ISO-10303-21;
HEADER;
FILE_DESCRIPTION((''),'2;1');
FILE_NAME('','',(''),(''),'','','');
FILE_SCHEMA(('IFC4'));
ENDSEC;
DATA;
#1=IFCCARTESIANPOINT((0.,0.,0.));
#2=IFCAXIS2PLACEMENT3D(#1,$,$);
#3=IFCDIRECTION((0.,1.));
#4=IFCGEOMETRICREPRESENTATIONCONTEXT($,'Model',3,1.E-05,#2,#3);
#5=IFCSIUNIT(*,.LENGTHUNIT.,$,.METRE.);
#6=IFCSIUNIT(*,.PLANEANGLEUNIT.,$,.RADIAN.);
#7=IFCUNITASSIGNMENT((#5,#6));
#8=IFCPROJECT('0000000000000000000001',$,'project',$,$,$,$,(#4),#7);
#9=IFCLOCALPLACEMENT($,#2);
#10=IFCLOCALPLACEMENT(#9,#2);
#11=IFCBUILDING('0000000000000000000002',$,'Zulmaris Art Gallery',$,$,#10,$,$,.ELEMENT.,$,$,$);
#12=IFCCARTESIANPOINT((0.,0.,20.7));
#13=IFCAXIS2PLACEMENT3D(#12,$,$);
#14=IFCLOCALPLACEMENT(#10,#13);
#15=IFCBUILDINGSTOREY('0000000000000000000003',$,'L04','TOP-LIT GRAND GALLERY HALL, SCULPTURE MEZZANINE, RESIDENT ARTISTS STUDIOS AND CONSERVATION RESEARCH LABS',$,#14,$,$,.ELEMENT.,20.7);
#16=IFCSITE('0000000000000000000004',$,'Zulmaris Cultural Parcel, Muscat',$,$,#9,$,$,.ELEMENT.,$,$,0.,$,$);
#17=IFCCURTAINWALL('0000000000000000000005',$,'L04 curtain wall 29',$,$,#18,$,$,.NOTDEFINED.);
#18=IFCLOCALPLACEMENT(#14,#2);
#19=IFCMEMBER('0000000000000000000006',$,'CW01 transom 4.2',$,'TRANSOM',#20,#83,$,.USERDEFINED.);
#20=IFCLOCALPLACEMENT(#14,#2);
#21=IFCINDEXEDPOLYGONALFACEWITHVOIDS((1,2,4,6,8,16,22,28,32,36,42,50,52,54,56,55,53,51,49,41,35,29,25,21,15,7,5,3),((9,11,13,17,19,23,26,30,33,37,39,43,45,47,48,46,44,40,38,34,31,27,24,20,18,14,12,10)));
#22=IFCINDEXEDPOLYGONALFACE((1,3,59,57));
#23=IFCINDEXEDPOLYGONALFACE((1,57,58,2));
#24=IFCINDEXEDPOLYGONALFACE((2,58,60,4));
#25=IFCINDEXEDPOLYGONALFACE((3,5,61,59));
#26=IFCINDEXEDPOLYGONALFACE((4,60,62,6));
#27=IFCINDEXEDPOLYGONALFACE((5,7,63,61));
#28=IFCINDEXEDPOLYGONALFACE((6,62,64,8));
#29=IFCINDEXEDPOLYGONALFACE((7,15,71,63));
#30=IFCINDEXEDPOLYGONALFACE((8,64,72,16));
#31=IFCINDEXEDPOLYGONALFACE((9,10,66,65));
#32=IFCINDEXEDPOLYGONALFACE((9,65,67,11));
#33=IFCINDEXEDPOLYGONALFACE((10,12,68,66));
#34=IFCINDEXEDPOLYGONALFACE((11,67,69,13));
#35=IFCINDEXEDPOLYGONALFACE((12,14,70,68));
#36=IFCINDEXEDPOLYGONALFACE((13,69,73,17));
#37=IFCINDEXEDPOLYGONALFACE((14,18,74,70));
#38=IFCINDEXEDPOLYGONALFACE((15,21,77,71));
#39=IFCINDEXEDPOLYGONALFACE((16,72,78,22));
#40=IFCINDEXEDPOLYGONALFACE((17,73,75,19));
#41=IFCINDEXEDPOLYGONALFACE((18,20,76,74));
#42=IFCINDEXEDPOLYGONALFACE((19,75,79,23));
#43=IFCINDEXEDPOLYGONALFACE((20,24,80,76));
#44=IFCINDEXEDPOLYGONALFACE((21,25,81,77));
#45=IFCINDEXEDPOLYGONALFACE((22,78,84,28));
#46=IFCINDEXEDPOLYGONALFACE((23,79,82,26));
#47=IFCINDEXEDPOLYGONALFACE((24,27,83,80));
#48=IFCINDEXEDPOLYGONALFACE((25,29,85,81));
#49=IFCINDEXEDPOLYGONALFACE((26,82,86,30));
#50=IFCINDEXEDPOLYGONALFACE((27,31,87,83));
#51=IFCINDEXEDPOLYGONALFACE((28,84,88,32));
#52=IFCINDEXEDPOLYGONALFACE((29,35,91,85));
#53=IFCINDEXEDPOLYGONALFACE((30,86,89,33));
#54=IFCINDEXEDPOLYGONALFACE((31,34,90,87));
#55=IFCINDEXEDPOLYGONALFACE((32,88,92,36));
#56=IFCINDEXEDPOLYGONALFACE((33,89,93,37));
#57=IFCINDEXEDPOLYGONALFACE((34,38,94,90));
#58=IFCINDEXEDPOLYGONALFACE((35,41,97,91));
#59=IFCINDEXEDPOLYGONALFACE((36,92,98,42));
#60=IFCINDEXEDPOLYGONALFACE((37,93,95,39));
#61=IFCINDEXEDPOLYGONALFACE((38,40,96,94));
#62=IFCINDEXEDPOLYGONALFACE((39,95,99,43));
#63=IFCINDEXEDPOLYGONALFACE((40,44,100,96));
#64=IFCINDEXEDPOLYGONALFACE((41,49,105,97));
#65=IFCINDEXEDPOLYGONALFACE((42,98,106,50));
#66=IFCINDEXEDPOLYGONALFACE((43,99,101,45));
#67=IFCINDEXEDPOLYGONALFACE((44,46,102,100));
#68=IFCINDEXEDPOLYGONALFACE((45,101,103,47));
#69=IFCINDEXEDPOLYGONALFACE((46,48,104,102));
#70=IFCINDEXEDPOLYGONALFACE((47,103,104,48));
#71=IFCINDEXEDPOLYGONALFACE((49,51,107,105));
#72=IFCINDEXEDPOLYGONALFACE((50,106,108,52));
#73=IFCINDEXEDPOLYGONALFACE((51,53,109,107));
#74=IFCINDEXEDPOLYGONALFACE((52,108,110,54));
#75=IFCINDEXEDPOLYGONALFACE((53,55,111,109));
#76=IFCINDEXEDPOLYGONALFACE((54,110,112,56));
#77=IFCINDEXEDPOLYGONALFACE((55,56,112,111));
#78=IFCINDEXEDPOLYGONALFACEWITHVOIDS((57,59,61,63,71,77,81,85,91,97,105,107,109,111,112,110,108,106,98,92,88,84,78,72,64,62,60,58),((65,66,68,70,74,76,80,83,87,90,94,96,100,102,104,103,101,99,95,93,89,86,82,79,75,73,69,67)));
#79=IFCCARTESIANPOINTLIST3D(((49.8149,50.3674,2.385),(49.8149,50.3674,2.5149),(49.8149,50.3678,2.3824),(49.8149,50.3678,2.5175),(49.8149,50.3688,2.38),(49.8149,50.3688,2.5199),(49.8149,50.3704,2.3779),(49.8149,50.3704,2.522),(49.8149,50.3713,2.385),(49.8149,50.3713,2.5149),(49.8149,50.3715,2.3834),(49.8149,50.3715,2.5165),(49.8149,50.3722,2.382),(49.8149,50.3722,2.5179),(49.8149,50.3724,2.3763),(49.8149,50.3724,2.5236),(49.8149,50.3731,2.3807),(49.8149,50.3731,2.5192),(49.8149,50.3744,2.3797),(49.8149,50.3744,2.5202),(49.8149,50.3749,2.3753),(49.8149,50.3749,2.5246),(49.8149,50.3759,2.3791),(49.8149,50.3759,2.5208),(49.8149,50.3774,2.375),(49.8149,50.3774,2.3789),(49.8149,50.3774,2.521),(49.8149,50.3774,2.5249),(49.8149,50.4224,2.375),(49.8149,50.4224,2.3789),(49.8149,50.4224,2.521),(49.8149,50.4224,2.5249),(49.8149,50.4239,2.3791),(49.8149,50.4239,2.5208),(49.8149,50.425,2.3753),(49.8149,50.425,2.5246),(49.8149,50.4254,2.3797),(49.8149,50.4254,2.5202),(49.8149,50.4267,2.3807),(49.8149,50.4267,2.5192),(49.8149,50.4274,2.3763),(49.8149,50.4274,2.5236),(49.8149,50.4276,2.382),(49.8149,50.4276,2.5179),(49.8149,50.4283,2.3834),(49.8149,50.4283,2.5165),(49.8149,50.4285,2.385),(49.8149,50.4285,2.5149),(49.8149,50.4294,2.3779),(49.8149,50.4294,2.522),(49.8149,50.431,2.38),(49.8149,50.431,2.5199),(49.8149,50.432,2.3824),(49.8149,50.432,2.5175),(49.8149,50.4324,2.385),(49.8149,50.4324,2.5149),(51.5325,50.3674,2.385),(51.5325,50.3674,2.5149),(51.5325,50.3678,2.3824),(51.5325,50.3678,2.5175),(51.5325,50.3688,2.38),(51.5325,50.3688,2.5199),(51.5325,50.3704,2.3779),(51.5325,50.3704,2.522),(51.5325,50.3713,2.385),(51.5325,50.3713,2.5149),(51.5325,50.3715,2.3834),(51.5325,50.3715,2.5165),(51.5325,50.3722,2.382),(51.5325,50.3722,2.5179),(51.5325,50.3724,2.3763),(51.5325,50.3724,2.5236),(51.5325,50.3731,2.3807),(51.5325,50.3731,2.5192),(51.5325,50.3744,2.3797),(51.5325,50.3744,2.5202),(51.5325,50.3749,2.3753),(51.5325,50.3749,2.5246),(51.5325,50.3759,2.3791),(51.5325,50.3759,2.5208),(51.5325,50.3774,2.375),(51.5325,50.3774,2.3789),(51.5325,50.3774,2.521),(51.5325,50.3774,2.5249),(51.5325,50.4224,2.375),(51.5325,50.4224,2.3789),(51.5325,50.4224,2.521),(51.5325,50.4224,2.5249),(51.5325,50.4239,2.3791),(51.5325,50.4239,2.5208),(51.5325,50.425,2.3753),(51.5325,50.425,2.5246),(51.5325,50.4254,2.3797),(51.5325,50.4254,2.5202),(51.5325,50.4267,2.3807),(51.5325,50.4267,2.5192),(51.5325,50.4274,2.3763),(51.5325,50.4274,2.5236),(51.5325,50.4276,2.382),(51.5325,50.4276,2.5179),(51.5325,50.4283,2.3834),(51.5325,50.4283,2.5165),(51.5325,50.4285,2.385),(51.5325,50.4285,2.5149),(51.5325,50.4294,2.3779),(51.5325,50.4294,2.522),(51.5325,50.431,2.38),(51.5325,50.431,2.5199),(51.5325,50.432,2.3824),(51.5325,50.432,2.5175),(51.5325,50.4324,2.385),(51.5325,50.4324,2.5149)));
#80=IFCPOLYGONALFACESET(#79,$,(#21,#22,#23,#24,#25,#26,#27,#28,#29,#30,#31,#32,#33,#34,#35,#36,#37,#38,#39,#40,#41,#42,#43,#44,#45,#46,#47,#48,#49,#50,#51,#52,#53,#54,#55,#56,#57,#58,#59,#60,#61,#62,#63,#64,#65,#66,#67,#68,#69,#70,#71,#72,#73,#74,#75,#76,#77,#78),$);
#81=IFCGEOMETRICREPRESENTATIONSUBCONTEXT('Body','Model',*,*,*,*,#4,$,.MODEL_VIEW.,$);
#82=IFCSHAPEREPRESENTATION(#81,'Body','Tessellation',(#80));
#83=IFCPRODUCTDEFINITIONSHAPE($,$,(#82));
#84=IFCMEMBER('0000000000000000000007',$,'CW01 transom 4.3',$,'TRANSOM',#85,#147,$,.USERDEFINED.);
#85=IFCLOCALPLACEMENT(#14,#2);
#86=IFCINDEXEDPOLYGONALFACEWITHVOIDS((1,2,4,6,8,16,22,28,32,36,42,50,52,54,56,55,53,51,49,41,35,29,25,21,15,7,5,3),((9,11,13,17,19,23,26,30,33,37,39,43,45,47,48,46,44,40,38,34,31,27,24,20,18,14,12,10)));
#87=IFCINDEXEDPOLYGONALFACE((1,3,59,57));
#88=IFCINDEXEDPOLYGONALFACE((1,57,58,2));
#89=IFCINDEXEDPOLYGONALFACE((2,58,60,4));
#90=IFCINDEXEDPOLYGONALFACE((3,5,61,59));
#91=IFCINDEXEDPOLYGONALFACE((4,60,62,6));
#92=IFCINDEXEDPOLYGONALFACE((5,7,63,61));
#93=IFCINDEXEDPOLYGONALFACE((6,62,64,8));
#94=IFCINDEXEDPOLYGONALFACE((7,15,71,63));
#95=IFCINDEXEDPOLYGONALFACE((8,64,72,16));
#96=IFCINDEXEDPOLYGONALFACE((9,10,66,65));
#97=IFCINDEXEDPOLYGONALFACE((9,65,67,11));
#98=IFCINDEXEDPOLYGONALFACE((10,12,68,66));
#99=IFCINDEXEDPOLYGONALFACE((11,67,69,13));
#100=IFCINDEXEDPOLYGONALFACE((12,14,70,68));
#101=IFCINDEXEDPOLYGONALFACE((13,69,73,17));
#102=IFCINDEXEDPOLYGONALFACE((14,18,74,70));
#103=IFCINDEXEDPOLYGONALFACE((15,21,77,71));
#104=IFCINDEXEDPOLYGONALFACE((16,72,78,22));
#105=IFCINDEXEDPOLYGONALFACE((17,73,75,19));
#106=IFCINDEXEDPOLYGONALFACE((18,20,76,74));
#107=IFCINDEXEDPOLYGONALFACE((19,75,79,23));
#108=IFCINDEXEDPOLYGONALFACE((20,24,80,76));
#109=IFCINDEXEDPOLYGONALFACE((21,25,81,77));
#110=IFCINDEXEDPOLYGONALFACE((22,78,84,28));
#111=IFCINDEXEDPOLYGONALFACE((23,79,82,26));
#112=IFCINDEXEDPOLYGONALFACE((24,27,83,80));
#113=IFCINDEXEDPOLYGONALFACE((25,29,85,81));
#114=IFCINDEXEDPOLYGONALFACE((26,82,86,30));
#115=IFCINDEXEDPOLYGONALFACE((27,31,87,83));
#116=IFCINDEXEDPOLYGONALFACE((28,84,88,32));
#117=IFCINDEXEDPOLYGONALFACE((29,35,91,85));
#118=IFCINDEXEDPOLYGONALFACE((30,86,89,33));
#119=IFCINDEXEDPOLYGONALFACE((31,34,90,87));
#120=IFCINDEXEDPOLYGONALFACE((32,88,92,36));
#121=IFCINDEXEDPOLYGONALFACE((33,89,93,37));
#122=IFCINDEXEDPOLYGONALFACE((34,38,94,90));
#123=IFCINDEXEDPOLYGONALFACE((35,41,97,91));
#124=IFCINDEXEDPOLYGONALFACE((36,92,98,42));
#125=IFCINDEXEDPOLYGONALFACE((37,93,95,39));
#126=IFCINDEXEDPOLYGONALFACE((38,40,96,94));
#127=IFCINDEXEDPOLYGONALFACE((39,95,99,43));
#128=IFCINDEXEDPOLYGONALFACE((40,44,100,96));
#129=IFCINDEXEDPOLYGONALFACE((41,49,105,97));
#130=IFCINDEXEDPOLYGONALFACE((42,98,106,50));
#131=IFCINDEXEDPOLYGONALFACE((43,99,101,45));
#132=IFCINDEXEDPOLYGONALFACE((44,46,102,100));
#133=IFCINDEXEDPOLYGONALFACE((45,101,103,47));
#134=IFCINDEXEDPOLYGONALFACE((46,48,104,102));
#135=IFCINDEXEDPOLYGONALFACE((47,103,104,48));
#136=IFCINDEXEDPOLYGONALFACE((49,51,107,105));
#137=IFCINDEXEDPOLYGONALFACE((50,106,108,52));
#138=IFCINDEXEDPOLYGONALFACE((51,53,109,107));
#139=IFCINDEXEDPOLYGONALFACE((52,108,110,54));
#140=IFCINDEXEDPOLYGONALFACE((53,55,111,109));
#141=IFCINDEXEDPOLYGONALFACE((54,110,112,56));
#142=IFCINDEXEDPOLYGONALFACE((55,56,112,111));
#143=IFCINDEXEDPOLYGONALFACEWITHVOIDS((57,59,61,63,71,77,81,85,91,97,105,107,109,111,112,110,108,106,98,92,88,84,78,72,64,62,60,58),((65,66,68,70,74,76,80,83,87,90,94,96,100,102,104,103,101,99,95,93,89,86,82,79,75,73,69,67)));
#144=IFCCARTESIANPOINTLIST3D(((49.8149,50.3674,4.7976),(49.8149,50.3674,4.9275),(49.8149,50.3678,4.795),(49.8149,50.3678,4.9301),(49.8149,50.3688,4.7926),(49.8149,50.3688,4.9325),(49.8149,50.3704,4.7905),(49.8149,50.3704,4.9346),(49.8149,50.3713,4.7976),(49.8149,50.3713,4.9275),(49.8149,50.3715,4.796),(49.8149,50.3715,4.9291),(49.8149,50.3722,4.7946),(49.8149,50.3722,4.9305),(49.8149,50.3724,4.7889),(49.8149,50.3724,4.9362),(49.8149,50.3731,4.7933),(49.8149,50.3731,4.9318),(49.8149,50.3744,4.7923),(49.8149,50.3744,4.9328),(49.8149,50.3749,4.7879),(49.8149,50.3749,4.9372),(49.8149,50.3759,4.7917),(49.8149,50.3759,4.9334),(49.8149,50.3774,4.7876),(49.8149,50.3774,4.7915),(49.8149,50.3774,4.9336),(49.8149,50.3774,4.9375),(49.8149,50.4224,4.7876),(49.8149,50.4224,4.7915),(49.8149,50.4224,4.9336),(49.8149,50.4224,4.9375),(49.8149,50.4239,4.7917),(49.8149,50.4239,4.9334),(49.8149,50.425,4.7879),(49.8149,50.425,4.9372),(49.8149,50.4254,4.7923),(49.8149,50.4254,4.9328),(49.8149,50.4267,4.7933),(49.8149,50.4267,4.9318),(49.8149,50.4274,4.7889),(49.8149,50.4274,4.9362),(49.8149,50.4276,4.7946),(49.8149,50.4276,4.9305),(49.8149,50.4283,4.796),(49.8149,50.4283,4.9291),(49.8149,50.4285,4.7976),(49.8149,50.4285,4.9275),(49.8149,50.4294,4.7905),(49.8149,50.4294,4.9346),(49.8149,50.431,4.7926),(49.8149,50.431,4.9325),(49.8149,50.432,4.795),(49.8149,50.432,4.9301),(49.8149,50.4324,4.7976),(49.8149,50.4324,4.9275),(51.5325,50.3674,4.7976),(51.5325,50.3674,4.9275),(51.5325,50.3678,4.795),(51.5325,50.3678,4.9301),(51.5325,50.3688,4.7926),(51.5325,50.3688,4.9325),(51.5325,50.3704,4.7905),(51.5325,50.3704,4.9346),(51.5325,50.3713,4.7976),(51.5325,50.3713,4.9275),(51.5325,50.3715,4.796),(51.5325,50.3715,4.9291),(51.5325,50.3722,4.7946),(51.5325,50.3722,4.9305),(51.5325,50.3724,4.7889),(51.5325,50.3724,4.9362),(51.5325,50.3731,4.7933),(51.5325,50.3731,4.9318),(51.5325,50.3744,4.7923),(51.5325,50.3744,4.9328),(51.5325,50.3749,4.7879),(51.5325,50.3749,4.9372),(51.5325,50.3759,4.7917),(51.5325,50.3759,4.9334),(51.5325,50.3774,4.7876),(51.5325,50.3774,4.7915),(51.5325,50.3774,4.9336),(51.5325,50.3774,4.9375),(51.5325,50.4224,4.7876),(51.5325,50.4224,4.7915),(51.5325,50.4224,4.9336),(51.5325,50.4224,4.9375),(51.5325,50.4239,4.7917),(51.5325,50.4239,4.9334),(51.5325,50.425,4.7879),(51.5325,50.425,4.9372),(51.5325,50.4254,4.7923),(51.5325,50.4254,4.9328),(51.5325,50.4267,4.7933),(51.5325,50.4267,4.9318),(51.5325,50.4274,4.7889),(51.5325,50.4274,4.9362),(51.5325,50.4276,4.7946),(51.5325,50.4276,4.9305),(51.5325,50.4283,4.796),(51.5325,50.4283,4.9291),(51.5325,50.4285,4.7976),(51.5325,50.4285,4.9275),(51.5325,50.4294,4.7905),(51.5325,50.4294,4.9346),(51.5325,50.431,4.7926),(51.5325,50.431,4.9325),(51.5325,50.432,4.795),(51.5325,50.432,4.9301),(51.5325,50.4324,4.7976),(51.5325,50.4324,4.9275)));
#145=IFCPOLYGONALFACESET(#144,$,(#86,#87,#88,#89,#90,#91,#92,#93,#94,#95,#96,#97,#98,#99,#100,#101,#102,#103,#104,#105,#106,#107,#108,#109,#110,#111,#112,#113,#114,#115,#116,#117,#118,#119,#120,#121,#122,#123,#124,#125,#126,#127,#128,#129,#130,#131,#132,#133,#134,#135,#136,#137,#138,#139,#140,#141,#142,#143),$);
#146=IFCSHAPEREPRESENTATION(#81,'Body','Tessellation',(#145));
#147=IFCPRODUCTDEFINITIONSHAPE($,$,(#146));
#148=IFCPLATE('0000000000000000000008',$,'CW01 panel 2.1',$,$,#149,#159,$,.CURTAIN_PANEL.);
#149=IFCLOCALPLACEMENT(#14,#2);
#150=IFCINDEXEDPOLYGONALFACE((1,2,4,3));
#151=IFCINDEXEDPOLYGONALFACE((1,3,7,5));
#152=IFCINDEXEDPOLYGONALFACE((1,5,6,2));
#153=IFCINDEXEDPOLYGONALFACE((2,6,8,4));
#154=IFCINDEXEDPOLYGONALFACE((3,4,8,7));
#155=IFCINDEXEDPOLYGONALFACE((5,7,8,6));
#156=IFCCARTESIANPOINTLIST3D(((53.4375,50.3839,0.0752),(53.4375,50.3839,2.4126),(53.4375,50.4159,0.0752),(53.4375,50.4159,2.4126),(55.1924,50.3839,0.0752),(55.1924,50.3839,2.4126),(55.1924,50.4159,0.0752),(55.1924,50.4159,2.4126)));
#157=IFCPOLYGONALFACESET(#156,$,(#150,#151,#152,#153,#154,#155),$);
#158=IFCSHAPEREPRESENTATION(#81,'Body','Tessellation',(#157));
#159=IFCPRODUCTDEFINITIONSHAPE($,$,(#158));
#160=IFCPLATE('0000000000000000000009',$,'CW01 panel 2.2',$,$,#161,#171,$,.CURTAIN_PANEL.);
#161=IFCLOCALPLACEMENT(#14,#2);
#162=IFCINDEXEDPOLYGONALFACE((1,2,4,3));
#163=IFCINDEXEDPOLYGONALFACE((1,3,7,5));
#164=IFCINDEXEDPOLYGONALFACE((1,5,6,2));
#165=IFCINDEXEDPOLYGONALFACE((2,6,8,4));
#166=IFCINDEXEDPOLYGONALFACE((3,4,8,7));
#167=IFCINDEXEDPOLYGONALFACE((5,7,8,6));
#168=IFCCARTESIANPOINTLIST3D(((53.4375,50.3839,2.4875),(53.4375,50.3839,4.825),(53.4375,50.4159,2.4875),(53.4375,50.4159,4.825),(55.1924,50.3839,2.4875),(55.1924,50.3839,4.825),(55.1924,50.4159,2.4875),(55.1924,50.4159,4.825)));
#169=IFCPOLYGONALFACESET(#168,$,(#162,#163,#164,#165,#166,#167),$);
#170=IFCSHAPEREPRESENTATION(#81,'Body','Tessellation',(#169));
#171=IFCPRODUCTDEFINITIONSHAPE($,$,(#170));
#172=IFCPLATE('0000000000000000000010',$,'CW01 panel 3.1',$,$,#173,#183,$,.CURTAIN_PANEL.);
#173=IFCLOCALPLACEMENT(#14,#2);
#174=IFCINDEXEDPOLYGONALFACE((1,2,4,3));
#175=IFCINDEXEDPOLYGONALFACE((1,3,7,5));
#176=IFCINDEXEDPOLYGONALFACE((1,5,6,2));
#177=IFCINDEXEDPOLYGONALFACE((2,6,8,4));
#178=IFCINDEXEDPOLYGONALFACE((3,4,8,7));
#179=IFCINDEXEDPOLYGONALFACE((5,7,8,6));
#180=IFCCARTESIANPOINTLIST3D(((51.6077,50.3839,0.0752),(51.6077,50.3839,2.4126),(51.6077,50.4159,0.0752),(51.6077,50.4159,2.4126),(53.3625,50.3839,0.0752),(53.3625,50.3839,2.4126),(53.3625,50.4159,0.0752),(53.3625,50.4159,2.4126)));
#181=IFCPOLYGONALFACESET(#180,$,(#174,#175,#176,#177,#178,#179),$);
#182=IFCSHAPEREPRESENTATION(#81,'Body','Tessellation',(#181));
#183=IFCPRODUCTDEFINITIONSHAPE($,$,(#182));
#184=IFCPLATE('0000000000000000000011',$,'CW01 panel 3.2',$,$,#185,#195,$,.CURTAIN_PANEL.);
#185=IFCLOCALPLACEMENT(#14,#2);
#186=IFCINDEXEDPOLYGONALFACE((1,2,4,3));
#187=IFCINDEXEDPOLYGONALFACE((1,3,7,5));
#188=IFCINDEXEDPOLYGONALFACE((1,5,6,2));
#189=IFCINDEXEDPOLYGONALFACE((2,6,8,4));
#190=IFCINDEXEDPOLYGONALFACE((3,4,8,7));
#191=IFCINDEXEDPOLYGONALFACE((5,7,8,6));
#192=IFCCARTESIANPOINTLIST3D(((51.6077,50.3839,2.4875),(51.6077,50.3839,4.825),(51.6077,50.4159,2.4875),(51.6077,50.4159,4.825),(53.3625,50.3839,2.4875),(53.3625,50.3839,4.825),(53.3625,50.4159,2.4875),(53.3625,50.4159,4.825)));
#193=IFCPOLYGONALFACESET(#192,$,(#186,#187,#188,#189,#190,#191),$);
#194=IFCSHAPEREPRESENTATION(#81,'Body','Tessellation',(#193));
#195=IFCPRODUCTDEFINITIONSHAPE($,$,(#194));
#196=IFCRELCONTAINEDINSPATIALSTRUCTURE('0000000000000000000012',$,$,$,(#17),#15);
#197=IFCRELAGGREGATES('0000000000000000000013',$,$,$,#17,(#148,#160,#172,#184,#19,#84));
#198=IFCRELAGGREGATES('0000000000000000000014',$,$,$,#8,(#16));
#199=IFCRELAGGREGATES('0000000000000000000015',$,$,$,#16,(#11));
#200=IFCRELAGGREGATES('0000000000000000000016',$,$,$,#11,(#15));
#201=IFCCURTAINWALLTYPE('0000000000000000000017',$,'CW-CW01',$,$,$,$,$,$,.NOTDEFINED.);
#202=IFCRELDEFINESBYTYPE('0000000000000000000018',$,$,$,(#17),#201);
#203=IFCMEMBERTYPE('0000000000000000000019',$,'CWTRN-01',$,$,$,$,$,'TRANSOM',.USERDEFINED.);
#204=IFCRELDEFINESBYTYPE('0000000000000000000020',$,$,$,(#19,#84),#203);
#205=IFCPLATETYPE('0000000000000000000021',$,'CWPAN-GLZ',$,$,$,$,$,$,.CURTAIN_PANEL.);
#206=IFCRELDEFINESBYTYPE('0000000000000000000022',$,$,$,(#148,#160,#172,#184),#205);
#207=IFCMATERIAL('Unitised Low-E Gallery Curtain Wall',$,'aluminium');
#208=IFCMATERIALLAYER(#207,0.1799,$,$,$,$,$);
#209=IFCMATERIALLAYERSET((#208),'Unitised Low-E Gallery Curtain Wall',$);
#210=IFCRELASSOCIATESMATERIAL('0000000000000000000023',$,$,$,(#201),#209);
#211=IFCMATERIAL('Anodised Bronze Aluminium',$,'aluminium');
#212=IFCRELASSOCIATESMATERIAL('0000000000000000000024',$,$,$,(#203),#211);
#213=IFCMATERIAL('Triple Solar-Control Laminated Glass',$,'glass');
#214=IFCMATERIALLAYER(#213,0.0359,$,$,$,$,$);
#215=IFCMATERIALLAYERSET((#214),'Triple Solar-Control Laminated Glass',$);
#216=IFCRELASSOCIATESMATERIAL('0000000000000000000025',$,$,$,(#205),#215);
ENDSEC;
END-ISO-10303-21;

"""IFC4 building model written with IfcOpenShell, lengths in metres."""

from ifc_helpers import new_model, si_unit, direction, frame, origin, origin_2d, place, context, subcontext, project, spatial, rectangle, hollow_rectangle, extrude, material, layer, layer_set, material_profile, profile_set, type_object, element, aggregate, save


model = new_model("IFC4")

# Units and contexts
model_context = context("Model", 3, precision=1e-05, world=origin(), true_north=direction((0.0, 1.0)))
body_context = subcontext(model_context, "Body", "Model", "MODEL_VIEW")
ifc_project = project(units=[si_unit("LENGTHUNIT", "METRE"), si_unit("PLANEANGLEUNIT", "RADIAN")], contexts=[model_context])

# Site, building, storey
site_placement = place(None, origin())
site = spatial("IfcSite", under=ifc_project, at=site_placement, Name="Zulmaris Cultural Parcel, Muscat", CompositionType="ELEMENT", RefElevation=0.0)
building_placement = place(site_placement, origin())
building = spatial("IfcBuilding", under=site, at=building_placement, Name="Zulmaris Art Gallery", CompositionType="ELEMENT")
storey_placement = place(building_placement, frame((0.0, 0.0, 20.7)))
storey = spatial("IfcBuildingStorey", under=building, at=storey_placement, Name="L04", Description="TOP-LIT GRAND GALLERY HALL, SCULPTURE MEZZANINE, RESIDENT ARTISTS STUDIOS AND CONSERVATION RESEARCH LABS", CompositionType="ELEMENT", Elevation=20.7)

# Shared definitions
ifc_material_1 = material(Name="Unitised Low-E Gallery Curtain Wall", Category="aluminium")
ifc_layer_1 = layer(ifc_material_1, 0.1799)
ifc_layer_set_1 = layer_set([ifc_layer_1], Name="Unitised Low-E Gallery Curtain Wall")
curtain_wall_type = type_object("IfcCurtainWallType", Name="CW-CW01", PredefinedType="NOTDEFINED", material=ifc_layer_set_1)
ifc_material_2 = material(Name="Anodised Bronze Aluminium", Category="aluminium")

# Curtain wall
curtain_wall_1_placement = place(storey_placement, origin())
curtain_wall_1 = element("IfcCurtainWall", 1, at=curtain_wall_1_placement, inside=storey, type_object=curtain_wall_type, Name="L04 curtain wall 29", PredefinedType="NOTDEFINED")

# Members
ifc_material_profile_1 = material_profile(ifc_material_2, hollow_rectangle(XDim=0.0649, YDim=0.1499, WallThickness=0.0039, InnerFilletRadius=0.0061, OuterFilletRadius=0.01, at=origin_2d()), Name="ALU 65x150x4")
ifc_profile_set_1 = profile_set([ifc_material_profile_1], Name="Anodised Bronze Aluminium")
member_type_1 = type_object("IfcMemberType", Name="CWTRN-01", ElementType="TRANSOM", PredefinedType="USERDEFINED", material=ifc_profile_set_1)
member_1_placement = place(storey_placement, frame((51.5325, 50.3999, 2.45), z_axis=(-1.0, 0.0, 0.0), x_axis=(0.0, -1.0, 0.0)))
member_1 = element("IfcMember", 2, at=member_1_placement, type_object=member_type_1, Name="CW01 transom 4.2", ObjectType="TRANSOM", PredefinedType="USERDEFINED", context=body_context, shape_type="SweptSolid", body=[
    extrude(hollow_rectangle(XDim=0.0649, YDim=0.1499, WallThickness=0.0039, InnerFilletRadius=0.0061, OuterFilletRadius=0.01, at=origin_2d()), origin(), (0.0, 0.0, 1.0), 1.7175),
])
member_2_placement = place(storey_placement, frame((51.5325, 50.3999, 4.8625), z_axis=(-1.0, 0.0, 0.0), x_axis=(0.0, -1.0, 0.0)))
member_2 = element("IfcMember", 3, at=member_2_placement, type_object=member_type_1, Name="CW01 transom 4.3", ObjectType="TRANSOM", PredefinedType="USERDEFINED", context=body_context, shape_type="SweptSolid", body=[
    extrude(hollow_rectangle(XDim=0.0649, YDim=0.1499, WallThickness=0.0039, InnerFilletRadius=0.0061, OuterFilletRadius=0.01, at=origin_2d()), origin(), (0.0, 0.0, 1.0), 1.7175),
])

# Plates
ifc_material_3 = material(Name="Triple Solar-Control Laminated Glass", Category="glass")
ifc_layer_2 = layer(ifc_material_3, 0.0359)
ifc_layer_set_2 = layer_set([ifc_layer_2], Name="Triple Solar-Control Laminated Glass")
plate_type = type_object("IfcPlateType", Name="CWPAN-GLZ", PredefinedType="CURTAIN_PANEL", material=ifc_layer_set_2)
plate_1_placement = place(storey_placement, frame((54.3149, 50.3999, 0.0752), z_axis=(0.0, 0.0, 1.0), x_axis=(-1.0, 0.0, 0.0)))
plate_1 = element("IfcPlate", 4, at=plate_1_placement, type_object=plate_type, Name="CW01 panel 2.1", PredefinedType="CURTAIN_PANEL", context=body_context, shape_type="SweptSolid", body=[
    extrude(rectangle(XDim=1.7549, YDim=0.032, at=origin_2d()), origin(), (0.0, 0.0, 1.0), 2.3374),
])
plate_2_placement = place(storey_placement, frame((54.3149, 50.3999, 2.4875), z_axis=(0.0, 0.0, 1.0), x_axis=(-1.0, 0.0, 0.0)))
plate_2 = element("IfcPlate", 5, at=plate_2_placement, type_object=plate_type, Name="CW01 panel 2.2", PredefinedType="CURTAIN_PANEL", context=body_context, shape_type="SweptSolid", body=[
    extrude(rectangle(XDim=1.7549, YDim=0.032, at=origin_2d()), origin(), (0.0, 0.0, 1.0), 2.3374),
])
plate_3_placement = place(storey_placement, frame((52.4851, 50.3999, 0.0752), z_axis=(0.0, 0.0, 1.0), x_axis=(-1.0, 0.0, 0.0)))
plate_3 = element("IfcPlate", 6, at=plate_3_placement, type_object=plate_type, Name="CW01 panel 3.1", PredefinedType="CURTAIN_PANEL", context=body_context, shape_type="SweptSolid", body=[
    extrude(rectangle(XDim=1.7549, YDim=0.032, at=origin_2d()), origin(), (0.0, 0.0, 1.0), 2.3374),
])
plate_4_placement = place(storey_placement, frame((52.4851, 50.3999, 2.4875), z_axis=(0.0, 0.0, 1.0), x_axis=(-1.0, 0.0, 0.0)))
plate_4 = element("IfcPlate", 7, at=plate_4_placement, type_object=plate_type, Name="CW01 panel 3.2", PredefinedType="CURTAIN_PANEL", context=body_context, shape_type="SweptSolid", body=[
    extrude(rectangle(XDim=1.7549, YDim=0.032, at=origin_2d()), origin(), (0.0, 0.0, 1.0), 2.3374),
])
aggregate(curtain_wall_1, [plate_1, plate_2, plate_3, plate_4, member_1, member_2])

save(model, "model.ifc")
